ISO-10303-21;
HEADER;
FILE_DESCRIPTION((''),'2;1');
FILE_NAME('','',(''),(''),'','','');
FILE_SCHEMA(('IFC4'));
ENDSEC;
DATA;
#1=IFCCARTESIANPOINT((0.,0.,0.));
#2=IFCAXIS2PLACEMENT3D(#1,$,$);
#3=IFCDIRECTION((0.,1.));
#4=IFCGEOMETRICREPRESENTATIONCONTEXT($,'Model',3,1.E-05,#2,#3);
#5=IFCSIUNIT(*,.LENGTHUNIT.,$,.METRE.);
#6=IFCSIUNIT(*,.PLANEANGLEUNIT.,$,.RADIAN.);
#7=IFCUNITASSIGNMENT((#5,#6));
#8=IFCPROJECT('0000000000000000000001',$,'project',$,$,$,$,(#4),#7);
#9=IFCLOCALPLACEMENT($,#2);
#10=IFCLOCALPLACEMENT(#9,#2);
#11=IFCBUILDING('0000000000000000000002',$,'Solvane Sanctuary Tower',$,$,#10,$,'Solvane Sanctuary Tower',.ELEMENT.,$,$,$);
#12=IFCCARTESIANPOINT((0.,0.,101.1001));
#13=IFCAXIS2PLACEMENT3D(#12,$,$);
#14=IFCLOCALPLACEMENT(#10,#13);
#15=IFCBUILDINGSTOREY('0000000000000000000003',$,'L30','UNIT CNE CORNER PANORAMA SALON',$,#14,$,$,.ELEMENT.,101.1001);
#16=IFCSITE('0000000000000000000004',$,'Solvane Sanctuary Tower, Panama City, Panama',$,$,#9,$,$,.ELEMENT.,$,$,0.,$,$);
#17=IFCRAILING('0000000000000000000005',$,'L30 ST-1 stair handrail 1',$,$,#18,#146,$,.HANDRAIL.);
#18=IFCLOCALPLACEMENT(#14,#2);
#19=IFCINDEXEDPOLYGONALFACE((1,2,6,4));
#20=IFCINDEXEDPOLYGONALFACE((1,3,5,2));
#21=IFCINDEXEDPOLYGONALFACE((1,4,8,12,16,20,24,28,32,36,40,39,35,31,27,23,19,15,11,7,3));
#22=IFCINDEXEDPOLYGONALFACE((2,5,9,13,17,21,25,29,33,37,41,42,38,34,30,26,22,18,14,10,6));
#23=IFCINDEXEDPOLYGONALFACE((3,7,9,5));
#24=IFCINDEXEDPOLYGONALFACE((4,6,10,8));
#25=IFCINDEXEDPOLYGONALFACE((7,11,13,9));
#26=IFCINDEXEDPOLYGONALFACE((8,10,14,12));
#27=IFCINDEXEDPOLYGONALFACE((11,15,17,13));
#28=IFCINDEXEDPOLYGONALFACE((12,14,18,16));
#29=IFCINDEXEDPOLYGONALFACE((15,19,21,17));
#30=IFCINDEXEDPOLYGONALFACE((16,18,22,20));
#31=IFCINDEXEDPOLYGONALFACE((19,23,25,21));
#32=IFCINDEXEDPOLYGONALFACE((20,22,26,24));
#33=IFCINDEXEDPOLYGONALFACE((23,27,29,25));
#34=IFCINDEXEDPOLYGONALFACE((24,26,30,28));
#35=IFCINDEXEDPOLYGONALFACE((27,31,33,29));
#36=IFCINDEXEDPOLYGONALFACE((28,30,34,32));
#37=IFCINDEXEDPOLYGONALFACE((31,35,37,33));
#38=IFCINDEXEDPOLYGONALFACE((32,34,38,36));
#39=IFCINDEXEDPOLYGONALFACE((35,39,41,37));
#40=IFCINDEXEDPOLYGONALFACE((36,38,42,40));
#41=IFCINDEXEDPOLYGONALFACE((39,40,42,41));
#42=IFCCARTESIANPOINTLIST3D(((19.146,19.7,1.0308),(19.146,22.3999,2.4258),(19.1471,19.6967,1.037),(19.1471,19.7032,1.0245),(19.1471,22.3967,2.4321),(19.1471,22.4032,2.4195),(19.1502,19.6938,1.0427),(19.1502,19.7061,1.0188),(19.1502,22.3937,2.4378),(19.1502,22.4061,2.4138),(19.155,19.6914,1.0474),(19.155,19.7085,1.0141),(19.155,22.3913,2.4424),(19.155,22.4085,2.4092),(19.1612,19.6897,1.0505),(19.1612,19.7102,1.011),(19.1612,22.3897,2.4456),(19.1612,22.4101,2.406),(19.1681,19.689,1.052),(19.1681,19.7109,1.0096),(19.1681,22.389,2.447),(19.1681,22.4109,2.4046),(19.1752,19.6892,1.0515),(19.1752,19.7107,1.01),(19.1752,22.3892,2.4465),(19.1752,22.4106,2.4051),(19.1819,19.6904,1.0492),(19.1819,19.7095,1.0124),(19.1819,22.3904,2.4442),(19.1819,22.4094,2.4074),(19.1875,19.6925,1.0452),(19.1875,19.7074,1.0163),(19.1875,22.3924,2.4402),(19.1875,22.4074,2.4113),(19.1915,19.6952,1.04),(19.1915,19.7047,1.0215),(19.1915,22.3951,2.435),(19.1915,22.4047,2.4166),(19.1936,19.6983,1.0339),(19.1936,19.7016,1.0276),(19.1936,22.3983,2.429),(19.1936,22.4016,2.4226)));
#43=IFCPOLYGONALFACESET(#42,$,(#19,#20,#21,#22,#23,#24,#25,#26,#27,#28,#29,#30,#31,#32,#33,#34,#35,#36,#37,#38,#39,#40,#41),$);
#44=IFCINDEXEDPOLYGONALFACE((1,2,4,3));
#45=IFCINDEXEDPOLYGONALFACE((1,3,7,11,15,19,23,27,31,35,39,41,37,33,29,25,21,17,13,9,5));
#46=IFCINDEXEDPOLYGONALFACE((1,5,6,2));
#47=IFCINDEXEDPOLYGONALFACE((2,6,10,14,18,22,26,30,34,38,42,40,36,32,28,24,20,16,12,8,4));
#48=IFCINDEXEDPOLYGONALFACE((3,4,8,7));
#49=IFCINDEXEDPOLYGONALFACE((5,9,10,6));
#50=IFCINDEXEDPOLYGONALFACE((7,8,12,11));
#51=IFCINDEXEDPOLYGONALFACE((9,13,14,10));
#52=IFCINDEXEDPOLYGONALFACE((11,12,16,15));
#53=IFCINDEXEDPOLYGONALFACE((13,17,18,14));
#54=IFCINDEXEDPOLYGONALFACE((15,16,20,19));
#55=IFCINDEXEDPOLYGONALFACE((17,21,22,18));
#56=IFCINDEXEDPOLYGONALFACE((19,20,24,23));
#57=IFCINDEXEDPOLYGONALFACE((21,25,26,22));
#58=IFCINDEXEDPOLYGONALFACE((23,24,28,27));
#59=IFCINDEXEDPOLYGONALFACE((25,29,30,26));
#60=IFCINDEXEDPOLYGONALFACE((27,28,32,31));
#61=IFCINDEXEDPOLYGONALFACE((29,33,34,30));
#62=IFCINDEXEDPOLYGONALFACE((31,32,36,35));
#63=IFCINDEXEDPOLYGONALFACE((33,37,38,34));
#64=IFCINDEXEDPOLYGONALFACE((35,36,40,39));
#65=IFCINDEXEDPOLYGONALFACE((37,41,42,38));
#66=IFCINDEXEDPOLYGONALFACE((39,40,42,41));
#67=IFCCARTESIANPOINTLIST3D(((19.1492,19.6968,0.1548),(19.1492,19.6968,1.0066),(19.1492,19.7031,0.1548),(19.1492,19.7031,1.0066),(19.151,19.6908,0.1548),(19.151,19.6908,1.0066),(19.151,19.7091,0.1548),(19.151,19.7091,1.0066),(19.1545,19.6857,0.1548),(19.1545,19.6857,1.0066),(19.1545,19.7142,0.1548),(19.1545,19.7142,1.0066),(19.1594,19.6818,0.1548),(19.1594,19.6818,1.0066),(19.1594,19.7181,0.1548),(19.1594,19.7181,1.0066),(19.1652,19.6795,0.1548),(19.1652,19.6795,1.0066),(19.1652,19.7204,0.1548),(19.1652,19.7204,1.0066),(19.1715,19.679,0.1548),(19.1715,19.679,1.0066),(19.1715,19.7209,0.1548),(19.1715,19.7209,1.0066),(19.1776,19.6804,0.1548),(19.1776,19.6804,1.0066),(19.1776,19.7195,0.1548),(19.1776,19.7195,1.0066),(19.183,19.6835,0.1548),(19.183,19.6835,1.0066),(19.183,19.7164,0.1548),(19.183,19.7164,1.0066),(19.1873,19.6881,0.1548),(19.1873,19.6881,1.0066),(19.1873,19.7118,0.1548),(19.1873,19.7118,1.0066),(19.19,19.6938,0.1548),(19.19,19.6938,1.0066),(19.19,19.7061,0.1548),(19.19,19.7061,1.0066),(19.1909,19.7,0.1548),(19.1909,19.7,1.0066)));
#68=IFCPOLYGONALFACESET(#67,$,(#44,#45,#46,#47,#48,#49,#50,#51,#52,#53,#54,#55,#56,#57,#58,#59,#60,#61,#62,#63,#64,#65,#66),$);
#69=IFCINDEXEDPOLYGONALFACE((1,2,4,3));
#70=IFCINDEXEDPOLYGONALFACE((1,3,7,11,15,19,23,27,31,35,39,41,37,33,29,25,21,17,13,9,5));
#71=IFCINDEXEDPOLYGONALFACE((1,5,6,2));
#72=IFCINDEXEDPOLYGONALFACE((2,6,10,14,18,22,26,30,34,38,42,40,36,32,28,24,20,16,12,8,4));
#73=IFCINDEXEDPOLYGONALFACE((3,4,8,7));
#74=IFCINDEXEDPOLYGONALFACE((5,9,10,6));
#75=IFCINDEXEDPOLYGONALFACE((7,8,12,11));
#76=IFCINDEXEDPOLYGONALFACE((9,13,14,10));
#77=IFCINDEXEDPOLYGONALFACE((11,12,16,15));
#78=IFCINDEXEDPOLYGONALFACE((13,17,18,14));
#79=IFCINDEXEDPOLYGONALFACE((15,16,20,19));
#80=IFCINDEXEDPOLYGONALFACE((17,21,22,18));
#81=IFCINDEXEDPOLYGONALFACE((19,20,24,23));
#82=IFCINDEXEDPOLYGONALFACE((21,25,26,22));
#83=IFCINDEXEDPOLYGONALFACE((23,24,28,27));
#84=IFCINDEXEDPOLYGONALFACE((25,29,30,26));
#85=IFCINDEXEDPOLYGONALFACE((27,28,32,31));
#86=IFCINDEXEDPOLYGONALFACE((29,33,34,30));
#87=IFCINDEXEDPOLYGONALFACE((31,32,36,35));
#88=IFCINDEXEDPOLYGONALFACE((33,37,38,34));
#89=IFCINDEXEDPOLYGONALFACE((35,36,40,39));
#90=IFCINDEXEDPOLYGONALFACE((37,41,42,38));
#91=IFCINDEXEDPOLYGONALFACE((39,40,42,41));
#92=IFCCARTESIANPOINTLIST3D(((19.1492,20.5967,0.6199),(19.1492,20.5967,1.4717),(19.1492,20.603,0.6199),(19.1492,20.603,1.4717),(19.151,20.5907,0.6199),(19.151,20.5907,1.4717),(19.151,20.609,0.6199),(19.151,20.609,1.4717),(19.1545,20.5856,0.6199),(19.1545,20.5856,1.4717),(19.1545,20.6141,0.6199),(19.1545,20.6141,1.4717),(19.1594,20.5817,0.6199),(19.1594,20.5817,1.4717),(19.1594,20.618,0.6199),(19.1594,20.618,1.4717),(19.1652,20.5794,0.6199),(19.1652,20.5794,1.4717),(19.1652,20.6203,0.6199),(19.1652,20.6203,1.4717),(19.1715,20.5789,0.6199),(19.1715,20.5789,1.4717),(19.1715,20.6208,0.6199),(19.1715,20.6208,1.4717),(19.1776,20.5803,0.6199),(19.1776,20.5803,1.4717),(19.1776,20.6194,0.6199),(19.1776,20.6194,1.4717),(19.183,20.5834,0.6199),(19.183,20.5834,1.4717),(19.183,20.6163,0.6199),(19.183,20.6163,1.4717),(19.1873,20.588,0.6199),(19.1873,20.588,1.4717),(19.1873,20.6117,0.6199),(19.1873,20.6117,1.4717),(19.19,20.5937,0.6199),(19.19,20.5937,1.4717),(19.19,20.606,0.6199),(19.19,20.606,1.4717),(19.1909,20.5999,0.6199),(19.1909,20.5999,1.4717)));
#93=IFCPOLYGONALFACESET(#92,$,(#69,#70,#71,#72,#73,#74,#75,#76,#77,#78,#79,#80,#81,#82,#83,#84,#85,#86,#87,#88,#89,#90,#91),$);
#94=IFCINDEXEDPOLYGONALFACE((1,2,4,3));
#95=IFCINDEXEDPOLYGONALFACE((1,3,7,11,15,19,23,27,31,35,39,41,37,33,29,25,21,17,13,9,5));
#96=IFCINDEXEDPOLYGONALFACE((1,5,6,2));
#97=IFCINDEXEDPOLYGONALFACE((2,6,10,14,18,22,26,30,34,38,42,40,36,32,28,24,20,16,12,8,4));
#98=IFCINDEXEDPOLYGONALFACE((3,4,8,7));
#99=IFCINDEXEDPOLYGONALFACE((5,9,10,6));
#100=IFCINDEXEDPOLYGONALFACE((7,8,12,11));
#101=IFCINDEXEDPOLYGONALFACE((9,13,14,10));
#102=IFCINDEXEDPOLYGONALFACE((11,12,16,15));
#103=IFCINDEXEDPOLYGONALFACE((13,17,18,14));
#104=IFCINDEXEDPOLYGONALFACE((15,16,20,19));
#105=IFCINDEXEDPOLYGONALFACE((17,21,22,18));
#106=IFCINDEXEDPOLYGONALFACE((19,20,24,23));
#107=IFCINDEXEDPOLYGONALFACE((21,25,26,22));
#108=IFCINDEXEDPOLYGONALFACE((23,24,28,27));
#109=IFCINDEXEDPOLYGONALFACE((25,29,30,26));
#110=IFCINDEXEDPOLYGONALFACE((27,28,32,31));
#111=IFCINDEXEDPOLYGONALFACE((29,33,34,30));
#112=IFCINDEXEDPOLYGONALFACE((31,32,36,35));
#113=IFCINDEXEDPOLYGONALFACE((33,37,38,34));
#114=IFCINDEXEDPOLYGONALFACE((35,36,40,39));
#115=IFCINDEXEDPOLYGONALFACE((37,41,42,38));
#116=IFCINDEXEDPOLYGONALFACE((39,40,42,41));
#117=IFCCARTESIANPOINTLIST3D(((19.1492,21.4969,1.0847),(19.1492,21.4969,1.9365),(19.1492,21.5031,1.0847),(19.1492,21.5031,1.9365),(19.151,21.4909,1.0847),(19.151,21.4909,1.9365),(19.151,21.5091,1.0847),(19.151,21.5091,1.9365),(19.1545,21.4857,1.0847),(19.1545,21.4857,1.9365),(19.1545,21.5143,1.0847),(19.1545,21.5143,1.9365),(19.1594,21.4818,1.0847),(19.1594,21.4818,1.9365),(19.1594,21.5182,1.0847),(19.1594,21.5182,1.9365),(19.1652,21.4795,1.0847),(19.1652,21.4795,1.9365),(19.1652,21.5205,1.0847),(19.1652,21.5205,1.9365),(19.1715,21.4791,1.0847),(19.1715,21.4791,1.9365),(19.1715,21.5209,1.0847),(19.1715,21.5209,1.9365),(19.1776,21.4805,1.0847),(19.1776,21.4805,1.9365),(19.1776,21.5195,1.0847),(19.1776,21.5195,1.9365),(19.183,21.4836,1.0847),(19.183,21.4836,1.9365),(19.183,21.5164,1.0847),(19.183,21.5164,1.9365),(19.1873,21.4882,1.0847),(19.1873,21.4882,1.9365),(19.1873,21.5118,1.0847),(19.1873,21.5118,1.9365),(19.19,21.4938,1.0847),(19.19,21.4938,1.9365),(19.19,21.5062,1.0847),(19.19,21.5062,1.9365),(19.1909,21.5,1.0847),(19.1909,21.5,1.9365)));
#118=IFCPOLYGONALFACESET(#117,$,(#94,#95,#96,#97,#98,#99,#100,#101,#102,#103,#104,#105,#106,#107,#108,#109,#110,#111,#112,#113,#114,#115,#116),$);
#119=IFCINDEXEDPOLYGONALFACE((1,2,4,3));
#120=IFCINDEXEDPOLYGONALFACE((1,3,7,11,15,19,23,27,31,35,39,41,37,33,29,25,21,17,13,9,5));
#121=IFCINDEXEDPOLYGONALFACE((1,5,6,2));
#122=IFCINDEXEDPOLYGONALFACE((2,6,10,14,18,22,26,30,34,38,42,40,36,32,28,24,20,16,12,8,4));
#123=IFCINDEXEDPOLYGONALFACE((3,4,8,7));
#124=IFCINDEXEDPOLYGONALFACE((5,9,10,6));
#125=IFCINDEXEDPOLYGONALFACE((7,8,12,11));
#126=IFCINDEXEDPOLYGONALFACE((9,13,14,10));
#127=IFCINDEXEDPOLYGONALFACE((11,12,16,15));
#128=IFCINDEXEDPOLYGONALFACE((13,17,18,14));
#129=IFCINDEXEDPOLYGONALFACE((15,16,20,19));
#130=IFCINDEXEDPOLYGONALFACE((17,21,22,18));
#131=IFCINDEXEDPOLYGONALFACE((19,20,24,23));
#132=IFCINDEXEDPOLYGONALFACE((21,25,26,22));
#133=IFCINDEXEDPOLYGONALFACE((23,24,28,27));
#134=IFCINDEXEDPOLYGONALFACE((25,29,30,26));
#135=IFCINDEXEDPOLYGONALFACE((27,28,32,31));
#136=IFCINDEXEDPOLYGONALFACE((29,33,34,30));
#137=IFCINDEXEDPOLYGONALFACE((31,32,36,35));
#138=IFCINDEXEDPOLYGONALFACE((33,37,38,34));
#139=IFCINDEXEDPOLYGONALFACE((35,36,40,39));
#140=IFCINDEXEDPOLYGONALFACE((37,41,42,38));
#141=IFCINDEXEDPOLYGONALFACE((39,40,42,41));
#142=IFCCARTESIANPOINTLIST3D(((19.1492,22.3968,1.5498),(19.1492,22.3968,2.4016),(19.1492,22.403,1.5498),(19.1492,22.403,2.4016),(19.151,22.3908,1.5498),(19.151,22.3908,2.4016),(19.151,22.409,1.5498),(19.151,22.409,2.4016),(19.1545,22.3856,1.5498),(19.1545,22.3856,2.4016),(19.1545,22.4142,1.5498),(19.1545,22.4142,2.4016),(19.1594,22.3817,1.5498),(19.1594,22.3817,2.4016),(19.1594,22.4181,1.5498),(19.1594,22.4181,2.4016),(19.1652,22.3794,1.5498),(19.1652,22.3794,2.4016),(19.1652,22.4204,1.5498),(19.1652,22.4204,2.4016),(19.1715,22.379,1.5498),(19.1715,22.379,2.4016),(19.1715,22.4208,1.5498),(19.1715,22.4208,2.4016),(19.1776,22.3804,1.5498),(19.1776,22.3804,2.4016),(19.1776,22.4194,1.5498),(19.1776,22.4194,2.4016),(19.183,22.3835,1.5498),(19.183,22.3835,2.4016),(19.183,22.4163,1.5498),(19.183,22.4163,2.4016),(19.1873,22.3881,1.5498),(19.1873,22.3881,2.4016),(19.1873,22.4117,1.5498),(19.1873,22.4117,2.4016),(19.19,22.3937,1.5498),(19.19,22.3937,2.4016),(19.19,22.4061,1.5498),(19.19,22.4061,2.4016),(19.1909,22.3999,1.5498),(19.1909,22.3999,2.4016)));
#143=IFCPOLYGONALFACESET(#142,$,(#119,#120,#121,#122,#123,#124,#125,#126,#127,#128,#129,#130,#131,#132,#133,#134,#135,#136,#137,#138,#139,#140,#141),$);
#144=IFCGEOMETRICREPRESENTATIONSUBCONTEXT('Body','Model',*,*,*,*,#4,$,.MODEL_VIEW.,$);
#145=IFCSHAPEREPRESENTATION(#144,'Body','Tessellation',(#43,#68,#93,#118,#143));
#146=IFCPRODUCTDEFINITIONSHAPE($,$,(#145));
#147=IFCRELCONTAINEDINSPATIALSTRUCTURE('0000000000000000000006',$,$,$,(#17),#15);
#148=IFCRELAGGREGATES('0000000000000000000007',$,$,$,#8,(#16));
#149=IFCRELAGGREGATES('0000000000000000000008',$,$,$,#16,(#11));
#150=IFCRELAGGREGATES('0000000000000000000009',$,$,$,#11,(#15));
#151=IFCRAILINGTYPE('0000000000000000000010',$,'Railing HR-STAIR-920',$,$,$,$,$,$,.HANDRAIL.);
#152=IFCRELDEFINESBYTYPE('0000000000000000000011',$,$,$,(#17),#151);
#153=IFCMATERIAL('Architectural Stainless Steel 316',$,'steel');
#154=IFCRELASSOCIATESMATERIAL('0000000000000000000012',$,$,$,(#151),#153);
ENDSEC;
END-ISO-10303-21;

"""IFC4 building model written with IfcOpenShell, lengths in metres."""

from ifc_helpers import new_model, si_unit, direction, frame, origin, origin_2d, place, context, subcontext, project, spatial, circle, extrude, material, type_object, element, save


model = new_model("IFC4")

# Units and contexts
model_context = context("Model", 3, precision=1e-05, world=origin(), true_north=direction((0.0, 1.0)))
body_context = subcontext(model_context, "Body", "Model", "MODEL_VIEW")
ifc_project = project(units=[si_unit("LENGTHUNIT", "METRE"), si_unit("PLANEANGLEUNIT", "RADIAN")], contexts=[model_context])

# Site, building, storey
site_placement = place(None, origin())
site = spatial("IfcSite", under=ifc_project, at=site_placement, Name="Solvane Sanctuary Tower, Panama City, Panama", CompositionType="ELEMENT", RefElevation=0.0)
building_placement = place(site_placement, origin())
building = spatial("IfcBuilding", under=site, at=building_placement, Name="Solvane Sanctuary Tower", LongName="Solvane Sanctuary Tower", CompositionType="ELEMENT")
storey_placement = place(building_placement, frame((0.0, 0.0, 101.1001)))
storey = spatial("IfcBuildingStorey", under=building, at=storey_placement, Name="L30", Description="UNIT CNE CORNER PANORAMA SALON", CompositionType="ELEMENT", Elevation=101.1001)

# Shared definitions
ifc_material_1 = material(Name="Architectural Stainless Steel 316", Category="steel")

# Railing
railing_type = type_object("IfcRailingType", Name="Railing HR-STAIR-920", PredefinedType="HANDRAIL", material=ifc_material_1)
railing_placement = place(storey_placement, frame((19.1699, 19.7, 0.1548)))
element("IfcRailing", 1, at=railing_placement, inside=storey, type_object=railing_type, Name="L30 ST-1 stair handrail 1", PredefinedType="HANDRAIL", context=body_context, shape_type="SweptSolid", body=[
    extrude(circle(Radius=0.0239, at=origin_2d()), frame((0.0, 0.0, 0.876), z_axis=(0.0, 0.88842, 0.459032), x_axis=(-1.0, 0.0, 0.0)), (0.0, 0.0, 1.0), 3.0391),
    extrude(circle(Radius=0.021, at=origin_2d()), origin(), (0.0, 0.0, 1.0), 0.8518),
    extrude(circle(Radius=0.021, at=origin_2d()), frame((0.0, 0.8999, 0.4651)), (0.0, 0.0, 1.0), 0.8518),
    extrude(circle(Radius=0.021, at=origin_2d()), frame((0.0, 1.8, 0.9299)), (0.0, 0.0, 1.0), 0.8518),
    extrude(circle(Radius=0.021, at=origin_2d()), frame((0.0, 2.7, 1.395)), (0.0, 0.0, 1.0), 0.8518),
])

save(model, "model.ifc")
